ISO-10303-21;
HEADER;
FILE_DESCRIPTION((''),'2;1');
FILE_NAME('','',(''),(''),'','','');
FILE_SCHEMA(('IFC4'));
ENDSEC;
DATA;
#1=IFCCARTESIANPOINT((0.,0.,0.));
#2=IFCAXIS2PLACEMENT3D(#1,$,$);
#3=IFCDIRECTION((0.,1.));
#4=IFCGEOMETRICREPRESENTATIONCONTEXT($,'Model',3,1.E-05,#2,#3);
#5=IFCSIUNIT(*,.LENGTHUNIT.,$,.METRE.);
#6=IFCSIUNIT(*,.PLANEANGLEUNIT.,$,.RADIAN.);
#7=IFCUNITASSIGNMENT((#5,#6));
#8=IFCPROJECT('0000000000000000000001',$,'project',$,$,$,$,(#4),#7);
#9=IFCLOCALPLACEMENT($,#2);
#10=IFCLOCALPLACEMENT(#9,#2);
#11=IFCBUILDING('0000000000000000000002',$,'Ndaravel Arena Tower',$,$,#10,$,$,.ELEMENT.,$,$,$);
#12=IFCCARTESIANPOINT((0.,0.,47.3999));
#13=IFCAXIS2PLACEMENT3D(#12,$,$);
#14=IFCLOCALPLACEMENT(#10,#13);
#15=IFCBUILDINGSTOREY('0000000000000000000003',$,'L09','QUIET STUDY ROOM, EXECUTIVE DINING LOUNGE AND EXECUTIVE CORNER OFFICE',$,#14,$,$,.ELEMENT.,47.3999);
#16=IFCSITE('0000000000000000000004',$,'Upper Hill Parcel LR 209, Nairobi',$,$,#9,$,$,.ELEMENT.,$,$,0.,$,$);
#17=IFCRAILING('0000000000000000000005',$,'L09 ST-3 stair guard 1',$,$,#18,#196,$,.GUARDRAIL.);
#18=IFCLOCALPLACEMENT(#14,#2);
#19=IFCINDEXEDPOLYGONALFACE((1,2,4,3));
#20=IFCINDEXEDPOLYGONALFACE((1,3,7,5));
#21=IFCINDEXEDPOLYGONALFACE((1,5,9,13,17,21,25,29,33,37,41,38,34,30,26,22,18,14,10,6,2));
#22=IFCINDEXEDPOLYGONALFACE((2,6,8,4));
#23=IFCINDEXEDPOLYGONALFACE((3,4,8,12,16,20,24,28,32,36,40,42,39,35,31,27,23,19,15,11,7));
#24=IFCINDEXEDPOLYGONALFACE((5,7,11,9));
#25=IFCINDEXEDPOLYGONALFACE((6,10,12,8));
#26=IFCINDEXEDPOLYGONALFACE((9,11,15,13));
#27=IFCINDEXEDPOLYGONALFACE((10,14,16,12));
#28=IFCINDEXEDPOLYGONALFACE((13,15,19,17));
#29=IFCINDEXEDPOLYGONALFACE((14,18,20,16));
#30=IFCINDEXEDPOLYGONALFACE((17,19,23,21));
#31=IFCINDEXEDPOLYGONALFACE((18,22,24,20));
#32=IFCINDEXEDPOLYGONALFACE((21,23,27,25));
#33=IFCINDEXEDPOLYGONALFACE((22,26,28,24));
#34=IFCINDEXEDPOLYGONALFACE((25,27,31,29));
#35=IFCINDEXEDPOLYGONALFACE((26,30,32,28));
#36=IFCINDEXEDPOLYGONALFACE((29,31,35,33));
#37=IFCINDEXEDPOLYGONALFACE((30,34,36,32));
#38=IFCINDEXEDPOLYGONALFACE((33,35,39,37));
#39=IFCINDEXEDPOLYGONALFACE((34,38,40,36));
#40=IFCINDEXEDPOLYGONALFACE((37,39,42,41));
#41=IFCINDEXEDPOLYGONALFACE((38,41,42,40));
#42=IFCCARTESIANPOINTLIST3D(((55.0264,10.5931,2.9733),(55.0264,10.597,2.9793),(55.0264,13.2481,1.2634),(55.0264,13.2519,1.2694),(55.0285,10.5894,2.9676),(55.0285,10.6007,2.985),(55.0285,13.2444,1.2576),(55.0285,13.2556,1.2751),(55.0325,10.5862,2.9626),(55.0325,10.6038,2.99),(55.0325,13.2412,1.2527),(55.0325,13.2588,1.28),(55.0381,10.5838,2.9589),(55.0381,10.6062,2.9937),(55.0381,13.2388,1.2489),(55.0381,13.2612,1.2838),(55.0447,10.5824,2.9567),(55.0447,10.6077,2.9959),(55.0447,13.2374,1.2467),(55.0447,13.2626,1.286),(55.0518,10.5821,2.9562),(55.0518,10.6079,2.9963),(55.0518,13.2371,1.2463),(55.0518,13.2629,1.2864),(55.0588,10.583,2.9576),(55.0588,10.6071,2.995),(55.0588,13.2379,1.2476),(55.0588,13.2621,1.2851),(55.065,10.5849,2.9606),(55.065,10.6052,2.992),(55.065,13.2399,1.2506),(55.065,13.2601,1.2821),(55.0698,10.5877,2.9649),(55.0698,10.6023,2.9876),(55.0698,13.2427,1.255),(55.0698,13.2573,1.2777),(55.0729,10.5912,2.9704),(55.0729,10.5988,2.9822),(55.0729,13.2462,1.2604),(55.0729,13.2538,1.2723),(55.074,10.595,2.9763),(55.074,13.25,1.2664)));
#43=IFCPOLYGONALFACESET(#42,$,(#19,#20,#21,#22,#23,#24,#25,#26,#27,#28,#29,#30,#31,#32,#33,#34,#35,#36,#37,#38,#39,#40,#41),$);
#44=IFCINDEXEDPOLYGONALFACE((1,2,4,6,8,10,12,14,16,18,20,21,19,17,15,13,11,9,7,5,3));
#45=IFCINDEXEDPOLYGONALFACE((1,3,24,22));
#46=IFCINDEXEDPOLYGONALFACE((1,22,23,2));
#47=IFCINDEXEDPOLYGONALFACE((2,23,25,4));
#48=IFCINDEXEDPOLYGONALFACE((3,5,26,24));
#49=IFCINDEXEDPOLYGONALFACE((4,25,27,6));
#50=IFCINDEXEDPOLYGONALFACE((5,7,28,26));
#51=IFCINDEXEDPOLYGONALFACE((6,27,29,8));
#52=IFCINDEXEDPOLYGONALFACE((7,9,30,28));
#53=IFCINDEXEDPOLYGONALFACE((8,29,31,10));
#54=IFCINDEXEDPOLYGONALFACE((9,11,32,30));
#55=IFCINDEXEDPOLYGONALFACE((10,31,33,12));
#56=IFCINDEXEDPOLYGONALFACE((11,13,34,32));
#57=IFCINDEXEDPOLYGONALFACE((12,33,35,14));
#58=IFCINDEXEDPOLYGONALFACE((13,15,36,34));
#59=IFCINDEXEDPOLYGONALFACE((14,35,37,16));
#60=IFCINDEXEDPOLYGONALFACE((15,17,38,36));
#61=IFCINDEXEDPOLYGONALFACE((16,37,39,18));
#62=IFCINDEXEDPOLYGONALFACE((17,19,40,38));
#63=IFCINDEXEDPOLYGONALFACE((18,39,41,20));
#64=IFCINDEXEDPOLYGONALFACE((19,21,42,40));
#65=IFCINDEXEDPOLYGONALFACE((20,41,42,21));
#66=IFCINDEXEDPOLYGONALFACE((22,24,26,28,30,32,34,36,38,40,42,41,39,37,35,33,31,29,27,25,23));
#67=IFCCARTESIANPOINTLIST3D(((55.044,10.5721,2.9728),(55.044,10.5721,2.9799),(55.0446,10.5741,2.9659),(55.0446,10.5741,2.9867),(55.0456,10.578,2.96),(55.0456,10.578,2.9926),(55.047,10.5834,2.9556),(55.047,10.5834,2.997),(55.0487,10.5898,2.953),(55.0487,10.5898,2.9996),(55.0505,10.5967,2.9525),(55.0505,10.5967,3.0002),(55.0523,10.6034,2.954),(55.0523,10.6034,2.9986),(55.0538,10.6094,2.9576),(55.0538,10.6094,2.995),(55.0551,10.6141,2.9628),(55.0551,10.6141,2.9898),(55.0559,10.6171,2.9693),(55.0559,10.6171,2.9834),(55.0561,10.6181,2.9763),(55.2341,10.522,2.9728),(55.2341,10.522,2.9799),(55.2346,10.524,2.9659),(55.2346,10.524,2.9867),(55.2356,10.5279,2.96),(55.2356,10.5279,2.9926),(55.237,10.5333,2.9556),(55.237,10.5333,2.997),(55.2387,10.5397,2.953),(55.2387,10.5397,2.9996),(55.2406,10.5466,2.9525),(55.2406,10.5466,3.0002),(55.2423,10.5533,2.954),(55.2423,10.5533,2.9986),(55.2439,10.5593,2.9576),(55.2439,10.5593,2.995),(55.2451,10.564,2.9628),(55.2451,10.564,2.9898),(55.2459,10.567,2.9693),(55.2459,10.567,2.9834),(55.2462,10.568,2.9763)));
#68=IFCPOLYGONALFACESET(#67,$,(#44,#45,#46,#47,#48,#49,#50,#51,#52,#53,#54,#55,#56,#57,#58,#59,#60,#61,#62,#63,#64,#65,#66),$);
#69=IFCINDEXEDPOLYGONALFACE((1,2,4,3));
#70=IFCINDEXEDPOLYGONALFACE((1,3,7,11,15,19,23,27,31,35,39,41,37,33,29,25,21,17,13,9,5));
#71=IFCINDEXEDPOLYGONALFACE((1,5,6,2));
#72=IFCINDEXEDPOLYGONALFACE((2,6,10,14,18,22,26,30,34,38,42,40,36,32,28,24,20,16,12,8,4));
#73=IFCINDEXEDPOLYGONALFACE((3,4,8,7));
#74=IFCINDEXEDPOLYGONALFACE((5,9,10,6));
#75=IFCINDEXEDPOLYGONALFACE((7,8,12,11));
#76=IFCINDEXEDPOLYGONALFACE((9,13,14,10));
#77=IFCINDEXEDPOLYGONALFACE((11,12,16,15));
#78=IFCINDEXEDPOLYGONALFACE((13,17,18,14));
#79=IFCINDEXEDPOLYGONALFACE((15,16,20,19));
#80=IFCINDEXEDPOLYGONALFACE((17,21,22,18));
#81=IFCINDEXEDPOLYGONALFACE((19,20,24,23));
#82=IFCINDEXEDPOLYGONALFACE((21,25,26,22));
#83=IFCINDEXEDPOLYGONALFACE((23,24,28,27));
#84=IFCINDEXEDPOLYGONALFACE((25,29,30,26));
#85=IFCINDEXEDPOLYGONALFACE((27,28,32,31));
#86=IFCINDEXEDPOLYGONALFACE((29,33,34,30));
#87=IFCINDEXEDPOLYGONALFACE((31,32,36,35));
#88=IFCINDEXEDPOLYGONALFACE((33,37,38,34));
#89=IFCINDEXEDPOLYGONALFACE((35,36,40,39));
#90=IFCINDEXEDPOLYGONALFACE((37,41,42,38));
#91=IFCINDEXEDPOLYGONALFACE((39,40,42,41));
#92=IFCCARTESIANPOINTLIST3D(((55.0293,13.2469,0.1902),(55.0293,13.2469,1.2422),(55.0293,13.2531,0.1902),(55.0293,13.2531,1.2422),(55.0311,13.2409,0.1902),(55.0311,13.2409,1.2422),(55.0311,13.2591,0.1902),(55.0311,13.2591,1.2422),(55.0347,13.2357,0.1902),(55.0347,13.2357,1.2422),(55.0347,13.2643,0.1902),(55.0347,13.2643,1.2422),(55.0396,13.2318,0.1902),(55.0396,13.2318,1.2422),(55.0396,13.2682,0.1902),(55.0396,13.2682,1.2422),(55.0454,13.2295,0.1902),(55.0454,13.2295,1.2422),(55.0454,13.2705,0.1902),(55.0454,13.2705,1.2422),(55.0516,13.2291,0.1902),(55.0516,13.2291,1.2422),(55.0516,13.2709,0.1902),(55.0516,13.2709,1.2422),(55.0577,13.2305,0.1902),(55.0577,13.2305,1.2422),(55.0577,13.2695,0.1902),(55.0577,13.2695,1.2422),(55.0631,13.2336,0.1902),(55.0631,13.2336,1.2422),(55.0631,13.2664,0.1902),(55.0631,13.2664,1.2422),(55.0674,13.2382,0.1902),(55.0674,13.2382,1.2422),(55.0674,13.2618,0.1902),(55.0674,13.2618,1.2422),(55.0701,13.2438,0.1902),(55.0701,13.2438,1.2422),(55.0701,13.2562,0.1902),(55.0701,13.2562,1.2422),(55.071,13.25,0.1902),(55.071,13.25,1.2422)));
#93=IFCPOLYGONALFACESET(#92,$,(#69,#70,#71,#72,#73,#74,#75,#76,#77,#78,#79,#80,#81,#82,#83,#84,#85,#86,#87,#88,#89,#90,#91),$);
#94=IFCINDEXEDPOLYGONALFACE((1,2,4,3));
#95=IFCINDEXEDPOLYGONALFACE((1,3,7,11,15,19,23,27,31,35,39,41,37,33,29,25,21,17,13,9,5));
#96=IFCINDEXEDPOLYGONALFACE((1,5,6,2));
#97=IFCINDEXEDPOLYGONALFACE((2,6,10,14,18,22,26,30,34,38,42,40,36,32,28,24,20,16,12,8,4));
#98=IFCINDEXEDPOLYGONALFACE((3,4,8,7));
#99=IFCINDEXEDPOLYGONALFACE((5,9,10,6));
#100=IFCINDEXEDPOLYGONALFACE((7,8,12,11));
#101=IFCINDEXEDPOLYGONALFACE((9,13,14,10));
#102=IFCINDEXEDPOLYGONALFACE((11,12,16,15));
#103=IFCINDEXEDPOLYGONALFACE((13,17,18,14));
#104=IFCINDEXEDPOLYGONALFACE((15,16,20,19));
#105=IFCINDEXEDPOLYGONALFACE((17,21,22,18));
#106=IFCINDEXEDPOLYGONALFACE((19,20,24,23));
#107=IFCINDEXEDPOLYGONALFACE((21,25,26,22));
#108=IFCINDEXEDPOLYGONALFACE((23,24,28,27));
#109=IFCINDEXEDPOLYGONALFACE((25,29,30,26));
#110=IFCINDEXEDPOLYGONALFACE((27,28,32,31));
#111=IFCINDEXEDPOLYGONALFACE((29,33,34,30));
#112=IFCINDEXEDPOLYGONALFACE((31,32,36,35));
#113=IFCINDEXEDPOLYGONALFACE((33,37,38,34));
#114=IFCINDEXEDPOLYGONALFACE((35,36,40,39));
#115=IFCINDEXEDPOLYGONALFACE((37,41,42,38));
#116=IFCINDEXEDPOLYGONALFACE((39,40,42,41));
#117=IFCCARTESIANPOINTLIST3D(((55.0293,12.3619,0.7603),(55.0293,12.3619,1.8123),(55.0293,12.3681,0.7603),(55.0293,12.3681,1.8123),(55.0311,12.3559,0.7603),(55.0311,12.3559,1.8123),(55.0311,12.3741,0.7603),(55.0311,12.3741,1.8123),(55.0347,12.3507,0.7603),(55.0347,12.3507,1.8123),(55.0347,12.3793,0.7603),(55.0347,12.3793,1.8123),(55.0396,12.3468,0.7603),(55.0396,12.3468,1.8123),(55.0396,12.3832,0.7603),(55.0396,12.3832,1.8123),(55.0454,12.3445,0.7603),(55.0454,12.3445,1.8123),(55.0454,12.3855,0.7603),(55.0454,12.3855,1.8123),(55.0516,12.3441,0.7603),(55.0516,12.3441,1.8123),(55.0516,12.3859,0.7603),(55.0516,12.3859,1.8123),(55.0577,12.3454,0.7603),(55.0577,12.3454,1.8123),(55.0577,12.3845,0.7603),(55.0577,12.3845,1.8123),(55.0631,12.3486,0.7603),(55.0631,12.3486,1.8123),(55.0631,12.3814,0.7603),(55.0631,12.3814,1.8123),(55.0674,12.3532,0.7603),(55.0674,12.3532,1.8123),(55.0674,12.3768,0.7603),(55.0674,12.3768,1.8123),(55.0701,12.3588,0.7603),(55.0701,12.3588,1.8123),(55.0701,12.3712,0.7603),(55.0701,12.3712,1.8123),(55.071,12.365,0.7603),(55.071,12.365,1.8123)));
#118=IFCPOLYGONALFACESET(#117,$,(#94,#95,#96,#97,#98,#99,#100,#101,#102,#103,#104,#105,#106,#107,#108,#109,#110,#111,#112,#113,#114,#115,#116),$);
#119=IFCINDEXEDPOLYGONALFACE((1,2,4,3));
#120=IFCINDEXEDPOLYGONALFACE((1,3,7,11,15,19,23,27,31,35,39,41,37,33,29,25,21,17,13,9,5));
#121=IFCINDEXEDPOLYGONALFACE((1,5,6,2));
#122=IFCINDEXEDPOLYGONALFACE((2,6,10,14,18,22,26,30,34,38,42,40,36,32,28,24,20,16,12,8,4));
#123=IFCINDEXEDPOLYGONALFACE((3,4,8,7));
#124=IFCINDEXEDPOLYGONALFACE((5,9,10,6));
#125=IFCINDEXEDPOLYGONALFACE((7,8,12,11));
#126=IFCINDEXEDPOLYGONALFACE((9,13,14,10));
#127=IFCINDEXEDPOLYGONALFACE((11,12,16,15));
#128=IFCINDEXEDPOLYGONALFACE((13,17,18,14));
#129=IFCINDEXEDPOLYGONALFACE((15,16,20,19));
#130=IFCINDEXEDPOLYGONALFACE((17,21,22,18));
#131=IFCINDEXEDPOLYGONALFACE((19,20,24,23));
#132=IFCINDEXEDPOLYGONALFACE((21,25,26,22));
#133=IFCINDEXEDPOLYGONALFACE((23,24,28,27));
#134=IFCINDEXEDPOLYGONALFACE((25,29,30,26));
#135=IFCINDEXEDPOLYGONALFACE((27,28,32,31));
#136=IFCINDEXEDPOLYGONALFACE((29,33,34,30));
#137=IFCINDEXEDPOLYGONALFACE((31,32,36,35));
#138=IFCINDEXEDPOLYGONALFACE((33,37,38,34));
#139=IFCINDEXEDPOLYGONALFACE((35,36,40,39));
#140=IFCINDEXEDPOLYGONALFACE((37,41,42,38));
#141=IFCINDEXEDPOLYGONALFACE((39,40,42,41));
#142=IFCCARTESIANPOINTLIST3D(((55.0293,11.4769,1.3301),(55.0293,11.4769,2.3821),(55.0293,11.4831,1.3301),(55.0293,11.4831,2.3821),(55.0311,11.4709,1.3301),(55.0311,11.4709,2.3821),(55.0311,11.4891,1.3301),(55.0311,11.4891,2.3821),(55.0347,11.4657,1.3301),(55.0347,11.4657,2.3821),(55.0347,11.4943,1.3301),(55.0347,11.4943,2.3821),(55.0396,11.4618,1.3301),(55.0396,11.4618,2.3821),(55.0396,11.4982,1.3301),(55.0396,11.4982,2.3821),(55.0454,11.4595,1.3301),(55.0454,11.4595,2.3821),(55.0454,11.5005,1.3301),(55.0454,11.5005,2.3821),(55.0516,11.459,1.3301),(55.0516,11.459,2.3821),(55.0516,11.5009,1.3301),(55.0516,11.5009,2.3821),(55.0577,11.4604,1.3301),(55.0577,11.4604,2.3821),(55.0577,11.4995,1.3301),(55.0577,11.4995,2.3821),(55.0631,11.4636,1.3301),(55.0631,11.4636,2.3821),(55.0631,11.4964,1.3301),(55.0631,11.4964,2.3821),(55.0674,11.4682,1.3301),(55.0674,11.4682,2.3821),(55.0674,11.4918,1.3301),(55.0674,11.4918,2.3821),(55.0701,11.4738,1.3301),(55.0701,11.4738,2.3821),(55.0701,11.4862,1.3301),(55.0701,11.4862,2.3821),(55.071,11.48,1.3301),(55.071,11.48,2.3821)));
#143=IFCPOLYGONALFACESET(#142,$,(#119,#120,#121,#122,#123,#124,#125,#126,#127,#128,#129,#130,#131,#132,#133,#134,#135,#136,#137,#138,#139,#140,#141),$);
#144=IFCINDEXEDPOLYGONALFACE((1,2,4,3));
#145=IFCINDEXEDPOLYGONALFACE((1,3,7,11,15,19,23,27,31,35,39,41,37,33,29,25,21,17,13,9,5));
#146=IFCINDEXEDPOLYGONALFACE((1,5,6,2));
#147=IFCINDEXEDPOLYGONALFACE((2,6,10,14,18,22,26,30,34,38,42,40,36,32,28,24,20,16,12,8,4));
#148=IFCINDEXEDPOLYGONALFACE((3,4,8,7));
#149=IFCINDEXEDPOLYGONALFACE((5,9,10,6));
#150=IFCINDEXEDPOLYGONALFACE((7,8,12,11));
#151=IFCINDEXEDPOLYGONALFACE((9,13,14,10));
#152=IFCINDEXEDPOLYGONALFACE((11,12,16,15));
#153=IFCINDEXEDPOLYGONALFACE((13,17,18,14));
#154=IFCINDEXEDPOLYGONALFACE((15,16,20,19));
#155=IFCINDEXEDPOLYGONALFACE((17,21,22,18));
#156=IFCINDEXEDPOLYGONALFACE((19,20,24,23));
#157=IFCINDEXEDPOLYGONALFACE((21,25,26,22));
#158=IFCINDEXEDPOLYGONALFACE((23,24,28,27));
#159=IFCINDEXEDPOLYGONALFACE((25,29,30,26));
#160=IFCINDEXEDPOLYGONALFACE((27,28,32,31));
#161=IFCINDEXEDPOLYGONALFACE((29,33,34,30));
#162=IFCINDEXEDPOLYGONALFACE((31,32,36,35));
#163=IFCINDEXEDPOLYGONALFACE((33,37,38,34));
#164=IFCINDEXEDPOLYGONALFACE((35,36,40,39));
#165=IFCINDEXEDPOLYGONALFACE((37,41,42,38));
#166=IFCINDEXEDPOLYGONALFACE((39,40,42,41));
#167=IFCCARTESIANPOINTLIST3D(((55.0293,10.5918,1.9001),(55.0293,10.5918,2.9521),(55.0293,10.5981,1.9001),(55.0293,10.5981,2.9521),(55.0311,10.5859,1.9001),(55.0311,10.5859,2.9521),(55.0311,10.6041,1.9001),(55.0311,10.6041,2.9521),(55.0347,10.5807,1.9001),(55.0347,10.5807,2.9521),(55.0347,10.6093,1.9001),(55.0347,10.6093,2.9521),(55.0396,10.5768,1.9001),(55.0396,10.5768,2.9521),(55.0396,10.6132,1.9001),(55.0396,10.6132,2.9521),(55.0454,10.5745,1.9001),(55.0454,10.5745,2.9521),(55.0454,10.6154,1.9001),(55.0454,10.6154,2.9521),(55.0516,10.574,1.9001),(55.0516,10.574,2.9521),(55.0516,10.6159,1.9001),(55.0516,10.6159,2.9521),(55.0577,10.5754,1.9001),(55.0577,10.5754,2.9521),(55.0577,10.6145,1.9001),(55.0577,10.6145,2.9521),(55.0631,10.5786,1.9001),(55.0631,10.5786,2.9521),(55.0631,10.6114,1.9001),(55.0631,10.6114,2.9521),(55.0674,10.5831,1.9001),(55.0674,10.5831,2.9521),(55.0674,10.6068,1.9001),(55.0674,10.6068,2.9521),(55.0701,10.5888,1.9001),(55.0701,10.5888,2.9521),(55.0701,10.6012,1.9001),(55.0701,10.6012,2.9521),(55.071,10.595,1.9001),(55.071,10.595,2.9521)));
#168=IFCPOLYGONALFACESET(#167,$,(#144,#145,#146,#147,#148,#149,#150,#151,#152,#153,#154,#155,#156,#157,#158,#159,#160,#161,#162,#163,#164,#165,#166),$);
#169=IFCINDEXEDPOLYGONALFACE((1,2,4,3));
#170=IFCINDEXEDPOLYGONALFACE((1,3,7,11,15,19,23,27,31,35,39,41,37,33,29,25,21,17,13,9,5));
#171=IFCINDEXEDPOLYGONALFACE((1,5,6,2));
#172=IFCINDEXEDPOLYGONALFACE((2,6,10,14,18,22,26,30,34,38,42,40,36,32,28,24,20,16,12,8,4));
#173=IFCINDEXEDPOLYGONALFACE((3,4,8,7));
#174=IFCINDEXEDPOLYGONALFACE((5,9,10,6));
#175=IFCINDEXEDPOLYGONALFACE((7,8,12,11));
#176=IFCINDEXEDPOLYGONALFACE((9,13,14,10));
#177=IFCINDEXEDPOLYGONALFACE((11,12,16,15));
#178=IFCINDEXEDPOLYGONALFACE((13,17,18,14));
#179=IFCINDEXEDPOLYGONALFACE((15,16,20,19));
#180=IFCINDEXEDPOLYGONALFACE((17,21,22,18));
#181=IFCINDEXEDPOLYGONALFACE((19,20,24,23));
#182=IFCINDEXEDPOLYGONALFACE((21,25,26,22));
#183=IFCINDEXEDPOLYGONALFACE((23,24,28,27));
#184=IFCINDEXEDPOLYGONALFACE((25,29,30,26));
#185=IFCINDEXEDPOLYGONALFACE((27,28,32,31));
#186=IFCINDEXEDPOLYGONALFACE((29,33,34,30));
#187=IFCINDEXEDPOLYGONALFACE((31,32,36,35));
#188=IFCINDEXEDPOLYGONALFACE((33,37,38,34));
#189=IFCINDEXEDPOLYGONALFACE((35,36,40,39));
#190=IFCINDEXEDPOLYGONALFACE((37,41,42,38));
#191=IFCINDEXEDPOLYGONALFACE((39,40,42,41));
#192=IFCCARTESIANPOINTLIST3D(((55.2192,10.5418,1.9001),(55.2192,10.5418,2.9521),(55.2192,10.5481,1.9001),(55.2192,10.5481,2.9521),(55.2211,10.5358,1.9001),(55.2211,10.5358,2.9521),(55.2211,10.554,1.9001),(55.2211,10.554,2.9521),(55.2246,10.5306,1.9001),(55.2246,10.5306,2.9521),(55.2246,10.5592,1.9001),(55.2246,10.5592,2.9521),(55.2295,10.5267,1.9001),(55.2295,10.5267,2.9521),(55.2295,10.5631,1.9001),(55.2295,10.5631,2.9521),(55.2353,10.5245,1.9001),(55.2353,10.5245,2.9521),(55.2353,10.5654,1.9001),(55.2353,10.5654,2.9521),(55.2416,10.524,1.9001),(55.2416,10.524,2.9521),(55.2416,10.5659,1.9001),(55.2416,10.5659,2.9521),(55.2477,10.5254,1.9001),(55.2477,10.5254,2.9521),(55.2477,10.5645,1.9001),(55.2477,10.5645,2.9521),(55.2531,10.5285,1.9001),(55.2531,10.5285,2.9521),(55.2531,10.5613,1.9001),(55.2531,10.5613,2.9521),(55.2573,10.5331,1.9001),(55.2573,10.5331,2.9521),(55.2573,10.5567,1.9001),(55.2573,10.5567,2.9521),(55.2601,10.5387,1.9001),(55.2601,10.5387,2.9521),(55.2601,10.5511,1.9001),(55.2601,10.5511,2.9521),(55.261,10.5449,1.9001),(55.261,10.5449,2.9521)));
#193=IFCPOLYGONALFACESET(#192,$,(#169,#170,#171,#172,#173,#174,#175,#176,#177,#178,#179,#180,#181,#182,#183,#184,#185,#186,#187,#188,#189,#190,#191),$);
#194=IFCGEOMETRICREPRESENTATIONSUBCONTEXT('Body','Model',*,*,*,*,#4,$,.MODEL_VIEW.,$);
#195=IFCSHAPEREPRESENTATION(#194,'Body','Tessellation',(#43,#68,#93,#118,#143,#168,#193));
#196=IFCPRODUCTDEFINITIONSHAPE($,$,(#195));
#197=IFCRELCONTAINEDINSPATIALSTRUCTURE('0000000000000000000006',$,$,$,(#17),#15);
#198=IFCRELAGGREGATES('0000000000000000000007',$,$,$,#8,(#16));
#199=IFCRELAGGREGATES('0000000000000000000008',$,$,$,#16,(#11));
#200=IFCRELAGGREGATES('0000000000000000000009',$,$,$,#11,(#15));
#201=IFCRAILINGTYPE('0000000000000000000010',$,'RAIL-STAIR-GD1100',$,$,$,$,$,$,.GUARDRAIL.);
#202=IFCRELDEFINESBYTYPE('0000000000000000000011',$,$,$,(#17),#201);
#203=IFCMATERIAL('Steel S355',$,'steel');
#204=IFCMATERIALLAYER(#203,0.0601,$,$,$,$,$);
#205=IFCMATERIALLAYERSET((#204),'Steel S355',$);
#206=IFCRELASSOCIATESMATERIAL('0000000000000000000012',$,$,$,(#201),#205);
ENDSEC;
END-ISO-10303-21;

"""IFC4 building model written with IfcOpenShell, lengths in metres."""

from ifc_helpers import new_model, si_unit, direction, frame, origin, origin_2d, place, context, subcontext, project, spatial, circle, extrude, material, layer, layer_set, type_object, element, save


model = new_model("IFC4")

# Units and contexts
model_context = context("Model", 3, precision=1e-05, world=origin(), true_north=direction((0.0, 1.0)))
body_context = subcontext(model_context, "Body", "Model", "MODEL_VIEW")
ifc_project = project(units=[si_unit("LENGTHUNIT", "METRE"), si_unit("PLANEANGLEUNIT", "RADIAN")], contexts=[model_context])

# Site, building, storey
site_placement = place(None, origin())
site = spatial("IfcSite", under=ifc_project, at=site_placement, Name="Upper Hill Parcel LR 209, Nairobi", CompositionType="ELEMENT", RefElevation=0.0)
building_placement = place(site_placement, origin())
building = spatial("IfcBuilding", under=site, at=building_placement, Name="Ndaravel Arena Tower", CompositionType="ELEMENT")
storey_placement = place(building_placement, frame((0.0, 0.0, 47.3999)))
storey = spatial("IfcBuildingStorey", under=building, at=storey_placement, Name="L09", Description="QUIET STUDY ROOM, EXECUTIVE DINING LOUNGE AND EXECUTIVE CORNER OFFICE", CompositionType="ELEMENT", Elevation=47.3999)

# Railing
ifc_material_1 = material(Name="Steel S355", Category="steel")
ifc_layer_1 = layer(ifc_material_1, 0.0601)
ifc_layer_set_1 = layer_set([ifc_layer_1], Name="Steel S355")
railing_type_1 = type_object("IfcRailingType", Name="RAIL-STAIR-GD1100", PredefinedType="GUARDRAIL", material=ifc_layer_set_1)
railing_1_placement = place(storey_placement, frame((55.05, 13.25, 0.1902)))
element("IfcRailing", 1, at=railing_1_placement, inside=storey, type_object=railing_type_1, Name="L09 ST-3 stair guard 1", PredefinedType="GUARDRAIL", context=body_context, shape_type="SweptSolid", body=[
    extrude(circle(Radius=0.0239, at=origin_2d()), frame((0.0, 0.0, 1.0762), z_axis=(0.0, -0.840724, 0.541465), x_axis=(1.0, 0.0, 0.0)), (0.0, 0.0, 1.0), 3.158),
    extrude(circle(Radius=0.0239, at=origin_2d()), frame((0.0, -2.655, 2.7861), z_axis=(0.966994, -0.254799, 0.0), x_axis=(0.254799, 0.966994, 0.0)), (0.0, 0.0, 1.0), 0.1965),
    extrude(circle(Radius=0.021, at=origin_2d()), origin(), (0.0, 0.0, 1.0), 1.052),
    extrude(circle(Radius=0.021, at=origin_2d()), frame((0.0, -0.885, 0.5701)), (0.0, 0.0, 1.0), 1.052),
    extrude(circle(Radius=0.021, at=origin_2d()), frame((0.0, -1.77, 1.1399)), (0.0, 0.0, 1.0), 1.052),
    extrude(circle(Radius=0.021, at=origin_2d()), frame((0.0, -2.655, 1.71)), (0.0, 0.0, 1.0), 1.052),
    extrude(circle(Radius=0.021, at=origin_2d()), frame((0.1899, -2.7051, 1.71)), (0.0, 0.0, 1.0), 1.052),
])

save(model, "model.ifc")
